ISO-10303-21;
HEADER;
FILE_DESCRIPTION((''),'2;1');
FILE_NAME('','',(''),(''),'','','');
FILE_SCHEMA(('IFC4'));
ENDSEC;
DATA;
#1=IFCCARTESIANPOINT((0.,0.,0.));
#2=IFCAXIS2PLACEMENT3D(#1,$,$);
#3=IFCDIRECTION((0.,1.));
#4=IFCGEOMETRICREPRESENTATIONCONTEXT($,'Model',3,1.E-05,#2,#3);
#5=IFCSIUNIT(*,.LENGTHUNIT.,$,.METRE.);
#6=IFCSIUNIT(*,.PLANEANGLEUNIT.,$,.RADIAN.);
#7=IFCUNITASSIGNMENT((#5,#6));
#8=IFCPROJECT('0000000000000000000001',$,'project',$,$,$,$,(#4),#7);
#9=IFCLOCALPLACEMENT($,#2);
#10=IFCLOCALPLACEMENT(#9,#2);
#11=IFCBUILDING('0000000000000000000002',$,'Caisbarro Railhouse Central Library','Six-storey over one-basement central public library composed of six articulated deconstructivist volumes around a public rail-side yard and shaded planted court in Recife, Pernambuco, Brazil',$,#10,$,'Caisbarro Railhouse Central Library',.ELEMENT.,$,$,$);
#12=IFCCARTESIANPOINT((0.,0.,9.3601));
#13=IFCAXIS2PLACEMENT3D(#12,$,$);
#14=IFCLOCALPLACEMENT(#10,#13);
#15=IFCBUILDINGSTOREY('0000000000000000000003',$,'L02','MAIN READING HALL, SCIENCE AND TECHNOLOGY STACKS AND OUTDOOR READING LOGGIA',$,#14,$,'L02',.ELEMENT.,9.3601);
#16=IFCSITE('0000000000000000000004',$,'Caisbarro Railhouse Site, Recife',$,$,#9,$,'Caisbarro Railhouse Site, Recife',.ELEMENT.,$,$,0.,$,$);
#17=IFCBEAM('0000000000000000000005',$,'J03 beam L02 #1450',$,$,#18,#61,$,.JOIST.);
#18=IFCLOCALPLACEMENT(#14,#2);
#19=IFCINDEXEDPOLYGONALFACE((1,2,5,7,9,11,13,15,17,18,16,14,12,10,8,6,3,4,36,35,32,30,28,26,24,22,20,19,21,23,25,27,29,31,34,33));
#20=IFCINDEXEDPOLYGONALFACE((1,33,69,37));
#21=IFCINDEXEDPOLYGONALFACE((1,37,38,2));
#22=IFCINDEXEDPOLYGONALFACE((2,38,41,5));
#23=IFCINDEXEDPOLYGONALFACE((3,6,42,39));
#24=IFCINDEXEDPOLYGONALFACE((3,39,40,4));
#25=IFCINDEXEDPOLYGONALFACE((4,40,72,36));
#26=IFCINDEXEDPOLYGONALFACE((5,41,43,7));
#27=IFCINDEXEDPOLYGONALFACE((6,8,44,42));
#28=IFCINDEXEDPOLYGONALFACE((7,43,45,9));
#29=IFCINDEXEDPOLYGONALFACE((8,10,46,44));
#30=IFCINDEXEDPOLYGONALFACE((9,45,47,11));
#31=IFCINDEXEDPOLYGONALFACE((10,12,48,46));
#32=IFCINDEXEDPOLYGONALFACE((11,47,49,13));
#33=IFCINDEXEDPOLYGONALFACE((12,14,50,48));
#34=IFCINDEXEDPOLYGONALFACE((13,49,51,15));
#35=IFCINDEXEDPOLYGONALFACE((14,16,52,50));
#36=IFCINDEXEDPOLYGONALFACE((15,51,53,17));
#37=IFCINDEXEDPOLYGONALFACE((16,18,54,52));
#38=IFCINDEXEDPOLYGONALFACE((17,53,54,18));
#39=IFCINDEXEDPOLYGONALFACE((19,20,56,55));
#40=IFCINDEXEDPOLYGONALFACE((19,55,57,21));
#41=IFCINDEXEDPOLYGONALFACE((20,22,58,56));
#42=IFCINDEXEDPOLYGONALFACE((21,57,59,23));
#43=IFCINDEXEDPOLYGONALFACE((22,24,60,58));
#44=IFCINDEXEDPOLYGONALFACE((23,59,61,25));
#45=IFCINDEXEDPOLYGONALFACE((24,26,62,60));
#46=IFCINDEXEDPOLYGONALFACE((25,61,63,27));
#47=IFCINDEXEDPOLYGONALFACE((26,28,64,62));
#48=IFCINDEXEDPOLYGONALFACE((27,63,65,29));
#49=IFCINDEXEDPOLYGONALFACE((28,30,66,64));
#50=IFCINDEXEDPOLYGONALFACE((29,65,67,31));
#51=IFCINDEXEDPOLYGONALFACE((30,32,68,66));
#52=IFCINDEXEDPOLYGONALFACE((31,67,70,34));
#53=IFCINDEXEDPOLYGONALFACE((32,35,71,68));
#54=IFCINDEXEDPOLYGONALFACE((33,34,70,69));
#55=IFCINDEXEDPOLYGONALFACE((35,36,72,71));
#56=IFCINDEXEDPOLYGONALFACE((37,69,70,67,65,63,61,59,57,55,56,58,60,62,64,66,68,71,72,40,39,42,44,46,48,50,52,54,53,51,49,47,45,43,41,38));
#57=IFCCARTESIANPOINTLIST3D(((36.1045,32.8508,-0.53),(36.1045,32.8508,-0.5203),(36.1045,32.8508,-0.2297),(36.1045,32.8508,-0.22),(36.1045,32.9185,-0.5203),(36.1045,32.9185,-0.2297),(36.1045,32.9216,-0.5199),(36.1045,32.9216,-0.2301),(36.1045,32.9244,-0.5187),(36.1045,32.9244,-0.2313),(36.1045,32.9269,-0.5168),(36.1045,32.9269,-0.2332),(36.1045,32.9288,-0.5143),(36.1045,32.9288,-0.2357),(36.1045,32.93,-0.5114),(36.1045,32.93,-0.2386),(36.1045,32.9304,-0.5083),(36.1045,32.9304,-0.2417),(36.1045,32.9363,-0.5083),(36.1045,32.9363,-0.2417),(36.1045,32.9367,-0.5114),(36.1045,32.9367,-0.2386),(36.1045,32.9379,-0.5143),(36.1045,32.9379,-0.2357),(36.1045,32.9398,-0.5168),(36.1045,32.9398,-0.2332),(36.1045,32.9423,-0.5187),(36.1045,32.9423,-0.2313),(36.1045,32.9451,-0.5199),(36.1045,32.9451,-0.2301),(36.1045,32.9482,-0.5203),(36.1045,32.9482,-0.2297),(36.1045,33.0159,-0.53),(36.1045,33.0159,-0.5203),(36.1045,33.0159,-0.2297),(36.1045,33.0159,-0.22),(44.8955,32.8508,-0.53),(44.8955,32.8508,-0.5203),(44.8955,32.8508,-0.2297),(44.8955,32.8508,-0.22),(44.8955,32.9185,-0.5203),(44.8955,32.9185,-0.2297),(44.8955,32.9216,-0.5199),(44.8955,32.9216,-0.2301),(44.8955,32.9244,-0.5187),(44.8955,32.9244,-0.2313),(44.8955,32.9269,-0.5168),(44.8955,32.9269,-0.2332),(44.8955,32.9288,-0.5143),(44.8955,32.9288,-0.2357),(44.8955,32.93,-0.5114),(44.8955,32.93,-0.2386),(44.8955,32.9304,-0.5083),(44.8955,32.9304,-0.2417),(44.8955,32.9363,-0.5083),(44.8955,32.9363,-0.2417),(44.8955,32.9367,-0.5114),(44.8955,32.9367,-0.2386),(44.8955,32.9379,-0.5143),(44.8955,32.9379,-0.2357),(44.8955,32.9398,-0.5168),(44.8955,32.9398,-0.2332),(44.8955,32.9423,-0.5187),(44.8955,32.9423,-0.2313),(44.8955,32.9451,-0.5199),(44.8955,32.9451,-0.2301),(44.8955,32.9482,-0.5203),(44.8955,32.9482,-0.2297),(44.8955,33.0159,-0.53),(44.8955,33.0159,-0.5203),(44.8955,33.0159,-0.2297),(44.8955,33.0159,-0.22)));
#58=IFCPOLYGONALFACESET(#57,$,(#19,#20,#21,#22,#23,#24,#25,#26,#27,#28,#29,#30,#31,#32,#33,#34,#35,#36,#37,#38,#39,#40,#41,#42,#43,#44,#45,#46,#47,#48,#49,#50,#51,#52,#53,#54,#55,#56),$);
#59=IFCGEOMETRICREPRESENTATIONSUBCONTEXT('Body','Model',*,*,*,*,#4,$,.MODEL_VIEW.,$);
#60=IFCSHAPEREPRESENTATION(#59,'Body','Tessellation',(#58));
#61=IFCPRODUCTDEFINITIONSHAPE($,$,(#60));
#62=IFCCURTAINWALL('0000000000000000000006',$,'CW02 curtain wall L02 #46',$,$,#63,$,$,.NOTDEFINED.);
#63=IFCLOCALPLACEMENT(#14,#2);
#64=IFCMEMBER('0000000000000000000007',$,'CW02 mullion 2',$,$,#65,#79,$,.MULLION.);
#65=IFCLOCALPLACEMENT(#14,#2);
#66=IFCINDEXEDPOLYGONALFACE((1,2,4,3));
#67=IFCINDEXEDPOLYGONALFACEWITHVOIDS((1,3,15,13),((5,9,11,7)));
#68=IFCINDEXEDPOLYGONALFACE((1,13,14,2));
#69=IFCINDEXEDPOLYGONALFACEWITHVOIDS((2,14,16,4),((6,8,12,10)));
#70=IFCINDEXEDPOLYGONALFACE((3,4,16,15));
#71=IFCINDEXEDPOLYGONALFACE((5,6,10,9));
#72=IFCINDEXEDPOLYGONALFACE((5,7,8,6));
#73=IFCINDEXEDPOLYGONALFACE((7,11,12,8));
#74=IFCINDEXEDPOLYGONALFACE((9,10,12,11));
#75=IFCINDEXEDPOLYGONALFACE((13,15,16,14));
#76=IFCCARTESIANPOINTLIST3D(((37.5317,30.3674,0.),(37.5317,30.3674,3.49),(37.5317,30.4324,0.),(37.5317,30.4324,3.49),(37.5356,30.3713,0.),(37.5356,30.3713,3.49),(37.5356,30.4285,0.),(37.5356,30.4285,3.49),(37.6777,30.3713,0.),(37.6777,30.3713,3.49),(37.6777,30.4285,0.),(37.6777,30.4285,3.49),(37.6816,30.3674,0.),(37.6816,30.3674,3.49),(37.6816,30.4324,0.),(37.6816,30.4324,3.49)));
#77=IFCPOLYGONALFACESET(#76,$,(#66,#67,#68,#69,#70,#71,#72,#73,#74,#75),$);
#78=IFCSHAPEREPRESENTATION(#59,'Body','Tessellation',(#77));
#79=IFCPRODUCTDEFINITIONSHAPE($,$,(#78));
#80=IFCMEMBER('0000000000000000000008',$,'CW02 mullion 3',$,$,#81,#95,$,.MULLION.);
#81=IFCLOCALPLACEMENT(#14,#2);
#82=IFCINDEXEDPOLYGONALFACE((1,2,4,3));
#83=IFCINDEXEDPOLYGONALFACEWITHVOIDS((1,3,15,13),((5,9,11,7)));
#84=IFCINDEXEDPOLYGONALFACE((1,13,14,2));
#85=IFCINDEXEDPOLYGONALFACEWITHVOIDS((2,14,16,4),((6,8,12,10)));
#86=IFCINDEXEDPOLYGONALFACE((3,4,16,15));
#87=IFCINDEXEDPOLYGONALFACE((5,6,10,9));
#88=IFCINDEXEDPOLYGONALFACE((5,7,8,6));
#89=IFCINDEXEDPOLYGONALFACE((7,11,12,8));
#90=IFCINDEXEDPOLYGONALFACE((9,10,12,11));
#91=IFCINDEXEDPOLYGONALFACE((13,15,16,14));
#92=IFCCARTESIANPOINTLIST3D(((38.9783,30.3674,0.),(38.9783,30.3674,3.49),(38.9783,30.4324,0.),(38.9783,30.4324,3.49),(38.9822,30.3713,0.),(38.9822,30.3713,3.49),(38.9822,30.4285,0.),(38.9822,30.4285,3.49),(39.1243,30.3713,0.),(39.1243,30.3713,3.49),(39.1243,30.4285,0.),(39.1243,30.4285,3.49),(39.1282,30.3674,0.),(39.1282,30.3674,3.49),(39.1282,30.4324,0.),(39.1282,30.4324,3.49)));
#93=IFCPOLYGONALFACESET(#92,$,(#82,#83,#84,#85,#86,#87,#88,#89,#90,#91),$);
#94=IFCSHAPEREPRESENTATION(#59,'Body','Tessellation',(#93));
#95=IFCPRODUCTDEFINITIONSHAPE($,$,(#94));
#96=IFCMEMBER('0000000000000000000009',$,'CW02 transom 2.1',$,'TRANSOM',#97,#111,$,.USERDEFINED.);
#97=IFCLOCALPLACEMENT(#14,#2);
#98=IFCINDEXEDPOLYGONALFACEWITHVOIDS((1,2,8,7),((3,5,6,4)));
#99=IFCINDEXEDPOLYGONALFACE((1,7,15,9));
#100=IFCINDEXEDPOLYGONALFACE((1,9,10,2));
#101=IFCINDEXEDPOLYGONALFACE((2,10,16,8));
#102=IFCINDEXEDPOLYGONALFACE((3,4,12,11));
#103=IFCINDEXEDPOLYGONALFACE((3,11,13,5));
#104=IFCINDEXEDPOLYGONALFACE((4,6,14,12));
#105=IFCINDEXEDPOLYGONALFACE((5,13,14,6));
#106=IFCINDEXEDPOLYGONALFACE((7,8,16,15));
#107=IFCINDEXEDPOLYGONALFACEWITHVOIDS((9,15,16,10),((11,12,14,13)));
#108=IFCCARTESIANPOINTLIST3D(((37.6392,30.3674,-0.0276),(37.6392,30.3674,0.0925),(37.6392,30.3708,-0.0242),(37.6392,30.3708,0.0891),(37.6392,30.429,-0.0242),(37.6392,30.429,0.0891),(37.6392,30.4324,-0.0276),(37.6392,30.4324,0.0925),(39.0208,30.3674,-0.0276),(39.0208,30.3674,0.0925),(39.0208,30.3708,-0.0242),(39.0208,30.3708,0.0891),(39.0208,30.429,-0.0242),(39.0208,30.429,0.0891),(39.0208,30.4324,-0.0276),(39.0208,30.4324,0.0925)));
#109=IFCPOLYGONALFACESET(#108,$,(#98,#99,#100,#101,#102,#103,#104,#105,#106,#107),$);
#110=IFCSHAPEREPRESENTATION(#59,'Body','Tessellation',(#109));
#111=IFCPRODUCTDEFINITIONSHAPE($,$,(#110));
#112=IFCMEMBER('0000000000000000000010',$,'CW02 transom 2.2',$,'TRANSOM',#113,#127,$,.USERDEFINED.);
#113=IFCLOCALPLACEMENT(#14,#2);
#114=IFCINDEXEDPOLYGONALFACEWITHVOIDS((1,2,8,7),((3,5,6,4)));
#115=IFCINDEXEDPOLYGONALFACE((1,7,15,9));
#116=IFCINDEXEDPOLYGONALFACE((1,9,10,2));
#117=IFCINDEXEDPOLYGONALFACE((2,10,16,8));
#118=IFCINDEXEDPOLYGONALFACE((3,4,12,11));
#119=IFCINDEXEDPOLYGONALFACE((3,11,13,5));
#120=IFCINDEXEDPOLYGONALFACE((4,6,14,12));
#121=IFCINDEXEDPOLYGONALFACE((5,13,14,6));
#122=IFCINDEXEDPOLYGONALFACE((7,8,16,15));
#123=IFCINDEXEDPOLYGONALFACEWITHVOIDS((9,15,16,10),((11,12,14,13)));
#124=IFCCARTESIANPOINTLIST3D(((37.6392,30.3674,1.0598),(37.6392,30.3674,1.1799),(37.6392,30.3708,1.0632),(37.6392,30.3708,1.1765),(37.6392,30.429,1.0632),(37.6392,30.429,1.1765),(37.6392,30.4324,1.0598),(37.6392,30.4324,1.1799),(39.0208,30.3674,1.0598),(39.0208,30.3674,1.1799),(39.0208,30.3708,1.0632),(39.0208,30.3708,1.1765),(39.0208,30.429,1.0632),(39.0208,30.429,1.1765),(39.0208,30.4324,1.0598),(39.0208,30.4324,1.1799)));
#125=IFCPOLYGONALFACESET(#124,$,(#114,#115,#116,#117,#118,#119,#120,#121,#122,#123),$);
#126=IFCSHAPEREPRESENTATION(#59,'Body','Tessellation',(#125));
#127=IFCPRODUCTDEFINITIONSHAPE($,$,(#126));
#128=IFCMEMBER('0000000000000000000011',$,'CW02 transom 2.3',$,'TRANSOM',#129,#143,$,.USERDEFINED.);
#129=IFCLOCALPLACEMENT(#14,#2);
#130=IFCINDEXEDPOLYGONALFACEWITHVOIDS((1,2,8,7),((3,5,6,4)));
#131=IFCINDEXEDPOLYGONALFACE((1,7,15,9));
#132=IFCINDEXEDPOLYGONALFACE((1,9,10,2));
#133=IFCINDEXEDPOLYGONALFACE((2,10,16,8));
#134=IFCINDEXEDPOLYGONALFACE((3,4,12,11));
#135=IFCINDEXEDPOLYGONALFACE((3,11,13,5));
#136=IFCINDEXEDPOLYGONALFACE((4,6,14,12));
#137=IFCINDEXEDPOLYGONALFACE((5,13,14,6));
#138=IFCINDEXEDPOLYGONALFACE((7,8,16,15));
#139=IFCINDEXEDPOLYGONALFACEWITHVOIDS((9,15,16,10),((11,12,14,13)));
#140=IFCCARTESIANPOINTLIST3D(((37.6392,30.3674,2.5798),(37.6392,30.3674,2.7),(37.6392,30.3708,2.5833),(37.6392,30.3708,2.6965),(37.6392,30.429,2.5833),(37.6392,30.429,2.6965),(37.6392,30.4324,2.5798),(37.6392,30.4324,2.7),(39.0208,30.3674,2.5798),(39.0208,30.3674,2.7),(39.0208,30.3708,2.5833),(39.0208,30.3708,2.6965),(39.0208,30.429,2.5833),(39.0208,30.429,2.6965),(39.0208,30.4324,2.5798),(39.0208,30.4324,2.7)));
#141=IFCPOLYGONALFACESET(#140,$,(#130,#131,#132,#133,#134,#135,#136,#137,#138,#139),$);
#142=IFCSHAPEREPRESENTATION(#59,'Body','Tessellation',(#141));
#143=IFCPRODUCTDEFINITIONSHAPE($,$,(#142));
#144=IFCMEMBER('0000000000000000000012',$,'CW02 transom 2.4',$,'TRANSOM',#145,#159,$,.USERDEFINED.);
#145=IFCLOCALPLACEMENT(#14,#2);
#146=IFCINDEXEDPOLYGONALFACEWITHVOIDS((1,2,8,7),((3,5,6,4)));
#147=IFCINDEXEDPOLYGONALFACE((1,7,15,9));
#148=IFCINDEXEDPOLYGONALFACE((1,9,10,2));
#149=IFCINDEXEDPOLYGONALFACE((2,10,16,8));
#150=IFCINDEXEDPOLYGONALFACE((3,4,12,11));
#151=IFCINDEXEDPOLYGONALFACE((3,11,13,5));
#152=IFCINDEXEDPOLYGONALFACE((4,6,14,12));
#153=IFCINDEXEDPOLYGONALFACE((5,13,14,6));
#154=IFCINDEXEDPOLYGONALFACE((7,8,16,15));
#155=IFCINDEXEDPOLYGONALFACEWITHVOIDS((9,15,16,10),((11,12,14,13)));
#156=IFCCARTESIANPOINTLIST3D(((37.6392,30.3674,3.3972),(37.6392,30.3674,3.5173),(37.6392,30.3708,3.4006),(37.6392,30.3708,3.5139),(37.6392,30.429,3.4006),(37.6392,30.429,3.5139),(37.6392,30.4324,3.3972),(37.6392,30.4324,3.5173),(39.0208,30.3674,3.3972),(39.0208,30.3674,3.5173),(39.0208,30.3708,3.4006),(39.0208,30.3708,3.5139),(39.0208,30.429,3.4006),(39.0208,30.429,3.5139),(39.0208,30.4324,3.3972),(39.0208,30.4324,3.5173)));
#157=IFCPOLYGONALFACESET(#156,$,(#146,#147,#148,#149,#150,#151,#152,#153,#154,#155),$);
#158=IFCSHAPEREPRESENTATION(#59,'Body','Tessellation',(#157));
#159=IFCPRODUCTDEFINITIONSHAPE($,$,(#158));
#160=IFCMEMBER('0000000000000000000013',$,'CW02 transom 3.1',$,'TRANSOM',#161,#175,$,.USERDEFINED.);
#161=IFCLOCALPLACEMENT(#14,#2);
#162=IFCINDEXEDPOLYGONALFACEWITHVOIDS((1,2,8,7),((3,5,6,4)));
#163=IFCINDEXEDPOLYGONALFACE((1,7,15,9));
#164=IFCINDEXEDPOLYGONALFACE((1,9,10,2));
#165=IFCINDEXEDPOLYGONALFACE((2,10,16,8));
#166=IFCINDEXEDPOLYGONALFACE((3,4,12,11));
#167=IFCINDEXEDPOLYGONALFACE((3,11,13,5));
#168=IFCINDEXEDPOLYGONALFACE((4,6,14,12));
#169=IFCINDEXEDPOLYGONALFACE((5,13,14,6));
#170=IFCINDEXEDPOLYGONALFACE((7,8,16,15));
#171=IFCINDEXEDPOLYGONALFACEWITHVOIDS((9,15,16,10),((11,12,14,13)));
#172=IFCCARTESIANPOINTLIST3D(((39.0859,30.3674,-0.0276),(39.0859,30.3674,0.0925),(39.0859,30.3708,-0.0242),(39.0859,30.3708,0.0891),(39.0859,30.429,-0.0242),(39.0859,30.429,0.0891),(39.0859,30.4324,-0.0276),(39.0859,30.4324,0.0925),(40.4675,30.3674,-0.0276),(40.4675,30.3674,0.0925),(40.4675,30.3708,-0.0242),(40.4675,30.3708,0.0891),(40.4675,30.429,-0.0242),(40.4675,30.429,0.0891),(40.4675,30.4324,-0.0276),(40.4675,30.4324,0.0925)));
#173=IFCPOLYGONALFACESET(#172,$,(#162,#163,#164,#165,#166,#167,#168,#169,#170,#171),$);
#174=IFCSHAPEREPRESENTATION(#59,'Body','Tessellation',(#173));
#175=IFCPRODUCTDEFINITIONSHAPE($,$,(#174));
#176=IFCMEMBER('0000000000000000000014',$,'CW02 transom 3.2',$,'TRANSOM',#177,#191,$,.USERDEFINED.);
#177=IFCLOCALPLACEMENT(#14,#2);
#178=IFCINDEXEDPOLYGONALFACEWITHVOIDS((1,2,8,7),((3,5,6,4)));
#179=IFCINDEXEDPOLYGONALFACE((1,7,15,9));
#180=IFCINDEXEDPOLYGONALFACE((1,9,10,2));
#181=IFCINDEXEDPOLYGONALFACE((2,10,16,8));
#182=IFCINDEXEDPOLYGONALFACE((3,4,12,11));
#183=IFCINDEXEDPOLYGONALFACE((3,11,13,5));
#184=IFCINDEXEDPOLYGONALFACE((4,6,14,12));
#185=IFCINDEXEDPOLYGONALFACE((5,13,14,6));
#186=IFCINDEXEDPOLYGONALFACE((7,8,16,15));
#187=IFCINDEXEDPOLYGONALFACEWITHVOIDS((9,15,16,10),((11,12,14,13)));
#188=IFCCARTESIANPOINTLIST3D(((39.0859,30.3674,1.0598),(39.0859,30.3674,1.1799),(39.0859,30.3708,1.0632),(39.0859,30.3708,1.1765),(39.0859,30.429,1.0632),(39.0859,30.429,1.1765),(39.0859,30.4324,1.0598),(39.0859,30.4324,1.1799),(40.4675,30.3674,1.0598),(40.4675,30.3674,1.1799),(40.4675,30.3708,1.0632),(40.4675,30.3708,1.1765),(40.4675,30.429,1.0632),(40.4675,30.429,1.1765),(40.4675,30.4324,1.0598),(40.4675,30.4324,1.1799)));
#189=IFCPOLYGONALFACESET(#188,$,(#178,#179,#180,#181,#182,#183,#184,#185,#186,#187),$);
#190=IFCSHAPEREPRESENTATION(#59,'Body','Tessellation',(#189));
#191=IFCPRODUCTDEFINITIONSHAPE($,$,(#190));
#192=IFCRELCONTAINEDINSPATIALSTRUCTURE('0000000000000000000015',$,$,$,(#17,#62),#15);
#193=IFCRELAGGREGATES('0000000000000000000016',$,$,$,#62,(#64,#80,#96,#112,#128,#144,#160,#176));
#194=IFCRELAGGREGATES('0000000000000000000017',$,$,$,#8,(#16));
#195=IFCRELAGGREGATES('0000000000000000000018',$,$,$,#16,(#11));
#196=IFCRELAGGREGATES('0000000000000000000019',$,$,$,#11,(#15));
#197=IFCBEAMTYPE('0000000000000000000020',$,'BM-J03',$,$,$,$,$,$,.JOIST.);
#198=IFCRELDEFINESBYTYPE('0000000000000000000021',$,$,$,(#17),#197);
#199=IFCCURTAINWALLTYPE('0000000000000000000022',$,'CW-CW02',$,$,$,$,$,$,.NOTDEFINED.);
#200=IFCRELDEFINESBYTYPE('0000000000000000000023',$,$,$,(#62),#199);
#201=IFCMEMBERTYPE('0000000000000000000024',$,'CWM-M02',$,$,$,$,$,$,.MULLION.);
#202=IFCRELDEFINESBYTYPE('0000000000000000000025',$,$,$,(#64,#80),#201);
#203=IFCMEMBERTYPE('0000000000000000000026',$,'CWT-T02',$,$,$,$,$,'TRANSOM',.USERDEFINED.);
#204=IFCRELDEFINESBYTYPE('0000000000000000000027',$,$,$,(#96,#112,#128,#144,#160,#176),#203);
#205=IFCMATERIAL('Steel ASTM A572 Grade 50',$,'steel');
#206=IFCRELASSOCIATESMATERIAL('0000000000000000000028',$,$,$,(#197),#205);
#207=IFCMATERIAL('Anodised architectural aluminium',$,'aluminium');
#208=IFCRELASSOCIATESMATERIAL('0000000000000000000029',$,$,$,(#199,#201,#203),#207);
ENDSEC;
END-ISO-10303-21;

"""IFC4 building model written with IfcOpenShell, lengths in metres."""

from ifc_helpers import new_model, si_unit, direction, frame, origin, origin_2d, place, context, subcontext, project, spatial, hollow_rectangle, i_section, extrude, material, material_profile, profile_set, type_object, element, aggregate, save


model = new_model("IFC4")

# Units and contexts
model_context = context("Model", 3, precision=1e-05, world=origin(), true_north=direction((0.0, 1.0)))
body_context = subcontext(model_context, "Body", "Model", "MODEL_VIEW")
ifc_project = project(units=[si_unit("LENGTHUNIT", "METRE"), si_unit("PLANEANGLEUNIT", "RADIAN")], contexts=[model_context])

# Site, building, storey
site_placement = place(None, origin())
site = spatial("IfcSite", under=ifc_project, at=site_placement, Name="Caisbarro Railhouse Site, Recife", LongName="Caisbarro Railhouse Site, Recife", CompositionType="ELEMENT", RefElevation=0.0)
building_placement = place(site_placement, origin())
building = spatial("IfcBuilding", under=site, at=building_placement, Name="Caisbarro Railhouse Central Library", Description="Six-storey over one-basement central public library composed of six articulated deconstructivist volumes around a public rail-side yard and shaded planted court in Recife, Pernambuco, Brazil", LongName="Caisbarro Railhouse Central Library", CompositionType="ELEMENT")
storey_placement = place(building_placement, frame((0.0, 0.0, 9.3601)))
storey = spatial("IfcBuildingStorey", under=building, at=storey_placement, Name="L02", Description="MAIN READING HALL, SCIENCE AND TECHNOLOGY STACKS AND OUTDOOR READING LOGGIA", LongName="L02", CompositionType="ELEMENT", Elevation=9.3601)

# Beam
ifc_material_1 = material(Name="Steel ASTM A572 Grade 50", Category="steel")
ifc_material_profile_1 = material_profile(ifc_material_1, i_section(OverallWidth=0.165, OverallDepth=0.3101, WebThickness=0.0059, FlangeThickness=0.0098, FilletRadius=0.012, at=origin_2d()), Name="W310X38.7")
ifc_profile_set_1 = profile_set([ifc_material_profile_1], Name="Steel ASTM A572 Grade 50")
beam_type_1 = type_object("IfcBeamType", Name="BM-J03", PredefinedType="JOIST", material=ifc_profile_set_1)
for number, where, z_axis, x_axis, name in (
    (1, (36.1045, 32.9333, -0.375), (1.0, 0.0, 0.0), (0.0, 1.0, 0.0), "J03 beam L02 #1450"),
):
    element("IfcBeam", number, at=place(storey_placement, frame(where, z_axis=z_axis, x_axis=x_axis)), inside=storey, type_object=beam_type_1, Name=name, PredefinedType="JOIST", context=body_context, shape_type="SweptSolid", body=[
        extrude(i_section(OverallWidth=0.165, OverallDepth=0.3101, WebThickness=0.0059, FlangeThickness=0.0098, FilletRadius=0.012, at=origin_2d()), origin(), (0.0, 0.0, 1.0), 8.791),
    ])

# Curtain wall, members
ifc_material_2 = material(Name="Anodised architectural aluminium", Category="aluminium")
curtain_wall_type = type_object("IfcCurtainWallType", Name="CW-CW02", PredefinedType="NOTDEFINED", material=ifc_material_2)
curtain_wall_placement = place(storey_placement, origin())
curtain_wall = element("IfcCurtainWall", 2, at=curtain_wall_placement, inside=storey, type_object=curtain_wall_type, Name="CW02 curtain wall L02 #46", PredefinedType="NOTDEFINED")
ifc_material_profile_2 = material_profile(ifc_material_2, hollow_rectangle(XDim=0.0649, YDim=0.1499, WallThickness=0.0039, at=origin_2d()), Name="ALU-MUL-65X150")
ifc_profile_set_2 = profile_set([ifc_material_profile_2], Name="Anodised architectural aluminium")
member_type_1 = type_object("IfcMemberType", Name="CWM-M02", PredefinedType="MULLION", material=ifc_profile_set_2)
member_1_placement = place(storey_placement, frame((37.6067, 30.3999, 0.0), z_axis=(0.0, 0.0, 1.0), x_axis=(0.0, 1.0, 0.0)))
member_1 = element("IfcMember", 3, at=member_1_placement, type_object=member_type_1, Name="CW02 mullion 2", PredefinedType="MULLION", context=body_context, shape_type="SweptSolid", body=[
    extrude(hollow_rectangle(XDim=0.0649, YDim=0.1499, WallThickness=0.0039, at=origin_2d()), origin(), (0.0, 0.0, 1.0), 3.49),
])
member_2_placement = place(storey_placement, frame((39.0532, 30.3999, 0.0), z_axis=(0.0, 0.0, 1.0), x_axis=(0.0, 1.0, 0.0)))
member_2 = element("IfcMember", 4, at=member_2_placement, type_object=member_type_1, Name="CW02 mullion 3", PredefinedType="MULLION", context=body_context, shape_type="SweptSolid", body=[
    extrude(hollow_rectangle(XDim=0.0649, YDim=0.1499, WallThickness=0.0039, at=origin_2d()), origin(), (0.0, 0.0, 1.0), 3.49),
])
ifc_material_profile_3 = material_profile(ifc_material_2, hollow_rectangle(XDim=0.0649, YDim=0.1201, WallThickness=0.0034, at=origin_2d()), Name="ALU-TRN-65X120")
ifc_profile_set_3 = profile_set([ifc_material_profile_3], Name="Anodised architectural aluminium")
member_type_2 = type_object("IfcMemberType", Name="CWT-T02", ElementType="TRANSOM", PredefinedType="USERDEFINED", material=ifc_profile_set_3)
member_3_placement = place(storey_placement, frame((37.6392, 30.3999, 0.0325), z_axis=(1.0, 0.0, 0.0), x_axis=(0.0, 1.0, 0.0)))
member_3 = element("IfcMember", 5, at=member_3_placement, type_object=member_type_2, Name="CW02 transom 2.1", ObjectType="TRANSOM", PredefinedType="USERDEFINED", context=body_context, shape_type="SweptSolid", body=[
    extrude(hollow_rectangle(XDim=0.0649, YDim=0.1201, WallThickness=0.0034, at=origin_2d()), origin(), (0.0, 0.0, 1.0), 1.3816),
])
member_4_placement = place(storey_placement, frame((37.6392, 30.3999, 1.1199), z_axis=(1.0, 0.0, 0.0), x_axis=(0.0, 1.0, 0.0)))
member_4 = element("IfcMember", 6, at=member_4_placement, type_object=member_type_2, Name="CW02 transom 2.2", ObjectType="TRANSOM", PredefinedType="USERDEFINED", context=body_context, shape_type="SweptSolid", body=[
    extrude(hollow_rectangle(XDim=0.0649, YDim=0.1201, WallThickness=0.0034, at=origin_2d()), origin(), (0.0, 0.0, 1.0), 1.3816),
])
member_5_placement = place(storey_placement, frame((37.6392, 30.3999, 2.6399), z_axis=(1.0, 0.0, 0.0), x_axis=(0.0, 1.0, 0.0)))
member_5 = element("IfcMember", 7, at=member_5_placement, type_object=member_type_2, Name="CW02 transom 2.3", ObjectType="TRANSOM", PredefinedType="USERDEFINED", context=body_context, shape_type="SweptSolid", body=[
    extrude(hollow_rectangle(XDim=0.0649, YDim=0.1201, WallThickness=0.0034, at=origin_2d()), origin(), (0.0, 0.0, 1.0), 1.3816),
])
member_6_placement = place(storey_placement, frame((37.6392, 30.3999, 3.4573), z_axis=(1.0, 0.0, 0.0), x_axis=(0.0, 1.0, 0.0)))
member_6 = element("IfcMember", 8, at=member_6_placement, type_object=member_type_2, Name="CW02 transom 2.4", ObjectType="TRANSOM", PredefinedType="USERDEFINED", context=body_context, shape_type="SweptSolid", body=[
    extrude(hollow_rectangle(XDim=0.0649, YDim=0.1201, WallThickness=0.0034, at=origin_2d()), origin(), (0.0, 0.0, 1.0), 1.3816),
])
member_7_placement = place(storey_placement, frame((39.0859, 30.3999, 0.0325), z_axis=(1.0, 0.0, 0.0), x_axis=(0.0, 1.0, 0.0)))
member_7 = element("IfcMember", 9, at=member_7_placement, type_object=member_type_2, Name="CW02 transom 3.1", ObjectType="TRANSOM", PredefinedType="USERDEFINED", context=body_context, shape_type="SweptSolid", body=[
    extrude(hollow_rectangle(XDim=0.0649, YDim=0.1201, WallThickness=0.0034, at=origin_2d()), origin(), (0.0, 0.0, 1.0), 1.3816),
])
member_8_placement = place(storey_placement, frame((39.0859, 30.3999, 1.1199), z_axis=(1.0, 0.0, 0.0), x_axis=(0.0, 1.0, 0.0)))
member_8 = element("IfcMember", 10, at=member_8_placement, type_object=member_type_2, Name="CW02 transom 3.2", ObjectType="TRANSOM", PredefinedType="USERDEFINED", context=body_context, shape_type="SweptSolid", body=[
    extrude(hollow_rectangle(XDim=0.0649, YDim=0.1201, WallThickness=0.0034, at=origin_2d()), origin(), (0.0, 0.0, 1.0), 1.3816),
])
aggregate(curtain_wall, [member_1, member_2, member_3, member_4, member_5, member_6, member_7, member_8])

save(model, "model.ifc")
